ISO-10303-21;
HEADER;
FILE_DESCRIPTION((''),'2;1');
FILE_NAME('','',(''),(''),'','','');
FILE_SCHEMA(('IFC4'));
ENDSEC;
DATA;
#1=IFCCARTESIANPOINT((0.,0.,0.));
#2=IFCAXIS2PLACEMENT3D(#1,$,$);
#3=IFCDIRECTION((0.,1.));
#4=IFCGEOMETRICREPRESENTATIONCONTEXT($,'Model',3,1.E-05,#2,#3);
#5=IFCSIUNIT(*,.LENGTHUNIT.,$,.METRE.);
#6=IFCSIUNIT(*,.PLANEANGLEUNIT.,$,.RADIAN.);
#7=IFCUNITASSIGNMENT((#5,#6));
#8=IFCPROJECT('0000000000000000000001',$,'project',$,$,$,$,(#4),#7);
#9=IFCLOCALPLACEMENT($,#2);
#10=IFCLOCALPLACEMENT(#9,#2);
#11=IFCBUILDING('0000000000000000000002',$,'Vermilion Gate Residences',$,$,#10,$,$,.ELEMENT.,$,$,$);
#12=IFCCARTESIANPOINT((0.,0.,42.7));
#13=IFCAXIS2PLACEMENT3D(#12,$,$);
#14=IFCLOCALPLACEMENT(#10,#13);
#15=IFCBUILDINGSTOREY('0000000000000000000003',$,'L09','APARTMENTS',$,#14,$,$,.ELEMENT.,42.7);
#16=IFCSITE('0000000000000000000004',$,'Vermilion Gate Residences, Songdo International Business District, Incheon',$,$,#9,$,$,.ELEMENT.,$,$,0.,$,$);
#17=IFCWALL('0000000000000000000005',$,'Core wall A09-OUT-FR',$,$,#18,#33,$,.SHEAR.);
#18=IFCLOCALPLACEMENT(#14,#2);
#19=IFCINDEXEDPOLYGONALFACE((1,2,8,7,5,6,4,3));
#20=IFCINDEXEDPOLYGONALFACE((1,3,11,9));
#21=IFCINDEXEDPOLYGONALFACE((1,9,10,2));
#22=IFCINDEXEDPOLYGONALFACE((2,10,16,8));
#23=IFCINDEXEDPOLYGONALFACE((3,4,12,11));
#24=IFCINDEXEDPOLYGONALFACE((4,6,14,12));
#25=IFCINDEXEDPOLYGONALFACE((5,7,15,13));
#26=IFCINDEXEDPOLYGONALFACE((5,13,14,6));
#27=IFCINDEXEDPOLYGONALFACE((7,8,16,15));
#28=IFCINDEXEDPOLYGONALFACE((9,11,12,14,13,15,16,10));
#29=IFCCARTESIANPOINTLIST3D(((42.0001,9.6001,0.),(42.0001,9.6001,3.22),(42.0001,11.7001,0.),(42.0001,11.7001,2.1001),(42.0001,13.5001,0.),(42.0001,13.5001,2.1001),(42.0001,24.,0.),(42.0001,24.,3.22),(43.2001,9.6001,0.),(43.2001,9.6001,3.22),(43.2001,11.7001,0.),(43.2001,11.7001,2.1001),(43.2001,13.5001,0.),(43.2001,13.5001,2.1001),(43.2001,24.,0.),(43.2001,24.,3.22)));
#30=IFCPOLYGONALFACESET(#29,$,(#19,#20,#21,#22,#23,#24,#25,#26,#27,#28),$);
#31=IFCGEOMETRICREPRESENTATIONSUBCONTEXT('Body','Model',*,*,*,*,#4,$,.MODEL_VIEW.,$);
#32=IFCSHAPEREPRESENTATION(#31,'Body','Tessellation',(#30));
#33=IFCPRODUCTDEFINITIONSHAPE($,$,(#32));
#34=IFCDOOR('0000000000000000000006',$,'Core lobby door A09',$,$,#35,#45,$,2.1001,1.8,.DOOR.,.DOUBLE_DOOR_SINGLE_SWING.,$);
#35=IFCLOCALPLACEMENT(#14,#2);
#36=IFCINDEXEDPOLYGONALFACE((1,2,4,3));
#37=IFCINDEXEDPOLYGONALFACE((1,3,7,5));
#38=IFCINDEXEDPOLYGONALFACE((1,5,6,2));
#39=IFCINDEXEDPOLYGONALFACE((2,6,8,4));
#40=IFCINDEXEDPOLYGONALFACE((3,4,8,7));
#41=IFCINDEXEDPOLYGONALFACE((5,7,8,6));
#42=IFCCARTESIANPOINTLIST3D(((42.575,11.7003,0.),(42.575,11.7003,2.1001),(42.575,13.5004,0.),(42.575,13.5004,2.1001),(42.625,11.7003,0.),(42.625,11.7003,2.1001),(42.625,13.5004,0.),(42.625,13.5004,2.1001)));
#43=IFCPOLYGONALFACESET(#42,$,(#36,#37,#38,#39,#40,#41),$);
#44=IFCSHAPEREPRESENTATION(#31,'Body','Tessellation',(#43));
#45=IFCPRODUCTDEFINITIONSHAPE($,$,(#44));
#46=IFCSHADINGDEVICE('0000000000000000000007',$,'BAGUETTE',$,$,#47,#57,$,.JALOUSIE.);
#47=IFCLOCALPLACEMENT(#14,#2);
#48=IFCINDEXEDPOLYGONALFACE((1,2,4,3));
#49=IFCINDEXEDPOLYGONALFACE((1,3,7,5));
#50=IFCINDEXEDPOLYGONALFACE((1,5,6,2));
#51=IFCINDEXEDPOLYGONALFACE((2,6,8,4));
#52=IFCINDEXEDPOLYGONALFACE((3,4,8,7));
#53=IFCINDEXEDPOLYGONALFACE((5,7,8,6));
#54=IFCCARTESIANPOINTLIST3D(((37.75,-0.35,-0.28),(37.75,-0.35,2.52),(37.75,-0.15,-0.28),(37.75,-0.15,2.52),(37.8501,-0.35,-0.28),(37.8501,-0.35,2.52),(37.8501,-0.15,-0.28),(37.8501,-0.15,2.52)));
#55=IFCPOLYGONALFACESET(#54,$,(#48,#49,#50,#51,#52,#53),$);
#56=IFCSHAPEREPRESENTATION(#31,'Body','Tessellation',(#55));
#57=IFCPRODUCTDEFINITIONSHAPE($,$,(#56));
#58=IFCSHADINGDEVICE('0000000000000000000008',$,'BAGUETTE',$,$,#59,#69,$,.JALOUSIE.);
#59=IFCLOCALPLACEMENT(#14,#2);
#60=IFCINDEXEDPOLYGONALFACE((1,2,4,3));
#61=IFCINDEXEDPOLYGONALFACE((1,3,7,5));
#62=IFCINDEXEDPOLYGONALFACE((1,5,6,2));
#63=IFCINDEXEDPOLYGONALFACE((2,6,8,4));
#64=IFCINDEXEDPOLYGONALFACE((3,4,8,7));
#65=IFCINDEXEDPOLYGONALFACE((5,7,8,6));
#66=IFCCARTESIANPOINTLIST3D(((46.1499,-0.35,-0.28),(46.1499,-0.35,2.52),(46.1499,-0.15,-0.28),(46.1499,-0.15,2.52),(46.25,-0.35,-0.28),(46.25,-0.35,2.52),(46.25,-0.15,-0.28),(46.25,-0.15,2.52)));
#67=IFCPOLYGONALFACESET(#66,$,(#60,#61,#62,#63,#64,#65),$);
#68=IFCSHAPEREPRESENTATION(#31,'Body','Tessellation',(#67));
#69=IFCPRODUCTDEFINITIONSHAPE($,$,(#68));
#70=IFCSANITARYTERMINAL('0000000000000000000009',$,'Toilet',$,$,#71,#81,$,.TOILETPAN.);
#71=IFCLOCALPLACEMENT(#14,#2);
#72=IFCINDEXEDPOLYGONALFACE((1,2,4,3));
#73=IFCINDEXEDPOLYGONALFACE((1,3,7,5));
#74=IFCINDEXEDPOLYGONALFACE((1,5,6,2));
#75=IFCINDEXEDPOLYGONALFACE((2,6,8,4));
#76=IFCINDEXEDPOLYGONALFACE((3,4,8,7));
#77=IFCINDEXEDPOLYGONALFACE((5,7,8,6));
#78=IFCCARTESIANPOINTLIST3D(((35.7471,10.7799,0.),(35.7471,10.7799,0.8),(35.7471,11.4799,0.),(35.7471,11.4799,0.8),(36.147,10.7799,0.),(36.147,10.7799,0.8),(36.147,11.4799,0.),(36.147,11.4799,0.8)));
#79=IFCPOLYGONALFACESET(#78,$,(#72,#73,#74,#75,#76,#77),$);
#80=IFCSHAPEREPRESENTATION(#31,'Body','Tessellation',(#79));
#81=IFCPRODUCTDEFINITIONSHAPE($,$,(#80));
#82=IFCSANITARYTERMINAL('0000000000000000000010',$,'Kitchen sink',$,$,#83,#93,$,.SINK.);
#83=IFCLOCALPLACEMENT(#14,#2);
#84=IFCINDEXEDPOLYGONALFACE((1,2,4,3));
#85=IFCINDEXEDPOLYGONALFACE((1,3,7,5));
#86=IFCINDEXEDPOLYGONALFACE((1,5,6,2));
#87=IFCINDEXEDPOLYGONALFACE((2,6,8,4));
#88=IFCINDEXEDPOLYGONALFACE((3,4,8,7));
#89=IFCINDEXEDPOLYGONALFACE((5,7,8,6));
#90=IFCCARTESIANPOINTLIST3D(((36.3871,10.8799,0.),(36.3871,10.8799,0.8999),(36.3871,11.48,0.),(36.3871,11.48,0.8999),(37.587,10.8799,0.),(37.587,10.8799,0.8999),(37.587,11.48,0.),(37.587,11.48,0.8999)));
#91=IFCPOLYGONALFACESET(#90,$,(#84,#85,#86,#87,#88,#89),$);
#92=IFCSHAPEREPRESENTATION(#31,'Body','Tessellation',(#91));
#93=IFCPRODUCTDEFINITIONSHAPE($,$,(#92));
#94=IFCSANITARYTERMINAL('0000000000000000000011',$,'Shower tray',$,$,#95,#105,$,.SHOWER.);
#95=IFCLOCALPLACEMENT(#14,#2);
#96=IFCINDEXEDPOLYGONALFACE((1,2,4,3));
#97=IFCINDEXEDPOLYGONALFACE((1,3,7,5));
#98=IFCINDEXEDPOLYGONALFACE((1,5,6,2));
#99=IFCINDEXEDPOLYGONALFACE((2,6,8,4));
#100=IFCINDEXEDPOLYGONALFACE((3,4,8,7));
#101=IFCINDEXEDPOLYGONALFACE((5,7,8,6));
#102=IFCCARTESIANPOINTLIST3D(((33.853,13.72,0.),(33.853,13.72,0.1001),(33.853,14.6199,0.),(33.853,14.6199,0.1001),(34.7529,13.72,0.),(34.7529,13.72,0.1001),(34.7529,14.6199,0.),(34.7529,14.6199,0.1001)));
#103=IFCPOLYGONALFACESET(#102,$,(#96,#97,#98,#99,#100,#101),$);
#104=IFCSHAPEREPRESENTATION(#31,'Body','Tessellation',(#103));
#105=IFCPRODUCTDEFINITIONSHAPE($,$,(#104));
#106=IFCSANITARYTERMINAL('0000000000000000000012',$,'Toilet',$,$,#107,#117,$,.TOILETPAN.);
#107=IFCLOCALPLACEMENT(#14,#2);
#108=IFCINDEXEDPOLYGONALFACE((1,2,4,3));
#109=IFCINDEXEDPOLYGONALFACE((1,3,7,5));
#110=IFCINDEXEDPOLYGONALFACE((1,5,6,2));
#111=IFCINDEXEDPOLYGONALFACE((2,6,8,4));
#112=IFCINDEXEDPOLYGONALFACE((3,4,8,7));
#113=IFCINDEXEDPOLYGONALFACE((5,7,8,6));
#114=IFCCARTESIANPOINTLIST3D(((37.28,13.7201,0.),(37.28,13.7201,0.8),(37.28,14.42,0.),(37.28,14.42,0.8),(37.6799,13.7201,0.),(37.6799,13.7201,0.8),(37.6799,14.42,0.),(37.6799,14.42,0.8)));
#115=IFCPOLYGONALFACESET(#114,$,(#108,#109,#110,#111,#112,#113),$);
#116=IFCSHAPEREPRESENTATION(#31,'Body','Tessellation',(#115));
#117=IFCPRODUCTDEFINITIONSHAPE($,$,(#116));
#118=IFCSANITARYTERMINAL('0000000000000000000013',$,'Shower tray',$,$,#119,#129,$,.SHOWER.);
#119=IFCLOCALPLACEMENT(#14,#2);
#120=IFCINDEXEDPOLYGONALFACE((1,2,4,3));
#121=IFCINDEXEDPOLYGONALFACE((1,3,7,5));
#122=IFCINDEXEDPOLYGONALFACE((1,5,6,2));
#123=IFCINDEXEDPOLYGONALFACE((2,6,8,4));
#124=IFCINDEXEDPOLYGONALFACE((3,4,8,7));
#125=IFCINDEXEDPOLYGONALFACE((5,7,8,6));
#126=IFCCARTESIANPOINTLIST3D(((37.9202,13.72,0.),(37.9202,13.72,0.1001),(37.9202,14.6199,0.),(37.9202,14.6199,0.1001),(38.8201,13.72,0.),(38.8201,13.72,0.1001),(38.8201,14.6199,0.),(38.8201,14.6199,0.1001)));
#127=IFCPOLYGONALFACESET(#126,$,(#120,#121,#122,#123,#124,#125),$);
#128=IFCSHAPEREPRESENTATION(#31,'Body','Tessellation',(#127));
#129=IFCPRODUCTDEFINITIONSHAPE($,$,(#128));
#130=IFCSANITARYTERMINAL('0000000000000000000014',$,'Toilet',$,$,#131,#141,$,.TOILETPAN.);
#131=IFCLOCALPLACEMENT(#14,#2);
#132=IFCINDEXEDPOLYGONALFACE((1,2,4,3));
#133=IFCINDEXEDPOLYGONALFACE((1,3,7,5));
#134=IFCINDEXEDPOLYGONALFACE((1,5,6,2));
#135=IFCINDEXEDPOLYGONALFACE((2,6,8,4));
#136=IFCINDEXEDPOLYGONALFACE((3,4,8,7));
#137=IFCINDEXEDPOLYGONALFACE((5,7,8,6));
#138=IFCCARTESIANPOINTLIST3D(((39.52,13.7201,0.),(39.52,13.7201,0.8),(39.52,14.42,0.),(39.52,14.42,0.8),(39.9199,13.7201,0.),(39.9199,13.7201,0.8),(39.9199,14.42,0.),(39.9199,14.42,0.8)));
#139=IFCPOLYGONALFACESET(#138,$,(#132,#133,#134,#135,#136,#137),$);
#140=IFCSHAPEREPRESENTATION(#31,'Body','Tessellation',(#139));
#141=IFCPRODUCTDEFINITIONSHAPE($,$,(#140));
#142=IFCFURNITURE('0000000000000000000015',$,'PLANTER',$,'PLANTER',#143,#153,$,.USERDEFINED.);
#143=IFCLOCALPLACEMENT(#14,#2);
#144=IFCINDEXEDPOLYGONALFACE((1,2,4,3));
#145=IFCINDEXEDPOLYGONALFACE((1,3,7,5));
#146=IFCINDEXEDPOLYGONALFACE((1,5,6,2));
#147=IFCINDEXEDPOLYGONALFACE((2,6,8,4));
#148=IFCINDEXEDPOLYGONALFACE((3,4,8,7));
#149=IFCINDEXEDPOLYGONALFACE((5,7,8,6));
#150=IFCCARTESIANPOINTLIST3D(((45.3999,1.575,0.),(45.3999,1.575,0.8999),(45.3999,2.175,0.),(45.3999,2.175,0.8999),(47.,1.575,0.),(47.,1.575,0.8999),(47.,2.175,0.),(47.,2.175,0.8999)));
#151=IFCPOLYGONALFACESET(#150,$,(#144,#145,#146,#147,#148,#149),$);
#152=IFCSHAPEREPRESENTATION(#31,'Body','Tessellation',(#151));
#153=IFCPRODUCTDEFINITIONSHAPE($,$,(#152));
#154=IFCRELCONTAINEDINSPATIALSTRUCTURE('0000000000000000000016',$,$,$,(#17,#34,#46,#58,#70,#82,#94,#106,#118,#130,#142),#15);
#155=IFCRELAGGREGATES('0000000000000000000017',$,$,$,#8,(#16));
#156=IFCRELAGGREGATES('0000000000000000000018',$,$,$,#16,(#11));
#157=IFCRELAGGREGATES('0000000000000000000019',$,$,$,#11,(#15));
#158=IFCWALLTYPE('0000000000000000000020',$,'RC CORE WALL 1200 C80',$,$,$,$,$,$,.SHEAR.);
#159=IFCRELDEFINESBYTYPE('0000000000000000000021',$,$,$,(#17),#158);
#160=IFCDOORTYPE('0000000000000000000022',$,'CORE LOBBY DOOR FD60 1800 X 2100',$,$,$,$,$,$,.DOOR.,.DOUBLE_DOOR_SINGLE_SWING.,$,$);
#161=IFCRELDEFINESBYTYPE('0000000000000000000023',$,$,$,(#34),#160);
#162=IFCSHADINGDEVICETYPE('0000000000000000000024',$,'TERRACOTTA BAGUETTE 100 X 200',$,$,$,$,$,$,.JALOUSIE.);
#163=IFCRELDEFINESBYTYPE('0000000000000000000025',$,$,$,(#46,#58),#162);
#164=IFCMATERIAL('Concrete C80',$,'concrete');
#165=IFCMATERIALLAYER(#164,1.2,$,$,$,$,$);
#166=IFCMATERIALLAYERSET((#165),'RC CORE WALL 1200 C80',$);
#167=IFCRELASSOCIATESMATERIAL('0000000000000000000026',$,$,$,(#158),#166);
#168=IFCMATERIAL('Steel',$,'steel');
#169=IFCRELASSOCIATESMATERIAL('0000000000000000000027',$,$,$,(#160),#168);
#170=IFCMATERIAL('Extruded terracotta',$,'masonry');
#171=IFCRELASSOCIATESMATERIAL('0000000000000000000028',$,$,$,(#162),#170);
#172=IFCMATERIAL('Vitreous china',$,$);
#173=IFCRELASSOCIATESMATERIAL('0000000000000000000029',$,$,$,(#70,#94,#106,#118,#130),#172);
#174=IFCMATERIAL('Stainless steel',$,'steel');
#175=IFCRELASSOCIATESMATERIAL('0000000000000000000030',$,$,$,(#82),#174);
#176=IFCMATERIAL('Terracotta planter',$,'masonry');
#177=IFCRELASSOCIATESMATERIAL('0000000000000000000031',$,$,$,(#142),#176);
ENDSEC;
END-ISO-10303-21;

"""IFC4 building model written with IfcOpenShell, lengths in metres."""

from ifc_helpers import new_model, si_unit, direction, frame, frame_2d, origin, origin_2d, place, context, subcontext, project, spatial, rectangle, extrude, material, layer, layer_set, material_profile, profile_set, type_object, element, fill, save


model = new_model("IFC4")

# Units and contexts
model_context = context("Model", 3, precision=1e-05, world=origin(), true_north=direction((0.0, 1.0)))
body_context = subcontext(model_context, "Body", "Model", "MODEL_VIEW")
ifc_project = project(units=[si_unit("LENGTHUNIT", "METRE"), si_unit("PLANEANGLEUNIT", "RADIAN")], contexts=[model_context])

# Site, building, storey
site_placement = place(None, origin())
site = spatial("IfcSite", under=ifc_project, at=site_placement, Name="Vermilion Gate Residences, Songdo International Business District, Incheon", CompositionType="ELEMENT", RefElevation=0.0)
building_placement = place(site_placement, origin())
building = spatial("IfcBuilding", under=site, at=building_placement, Name="Vermilion Gate Residences", CompositionType="ELEMENT")
storey_placement = place(building_placement, frame((0.0, 0.0, 42.7)))
storey = spatial("IfcBuildingStorey", under=building, at=storey_placement, Name="L09", Description="APARTMENTS", CompositionType="ELEMENT", Elevation=42.7)

# Shared definitions
ifc_material_1 = material(Name="Concrete C80", Category="concrete")
ifc_layer_1 = layer(ifc_material_1, 1.2)
ifc_layer_set_1 = layer_set([ifc_layer_1], Name="RC CORE WALL 1200 C80")
wall_type_1 = type_object("IfcWallType", Name="RC CORE WALL 1200 C80", PredefinedType="SHEAR", material=ifc_layer_set_1)

# Wall, opening, door
wall_1_placement = place(storey_placement, frame((42.6001, 9.6001, 0.0), z_axis=(0.0, 0.0, 1.0), x_axis=(0.0, 1.0, 0.0)))
wall_1 = element("IfcWall", 1, at=wall_1_placement, inside=storey, type_object=wall_type_1, Name="Core wall A09-OUT-FR", PredefinedType="SHEAR", context=body_context, shape_type="SweptSolid", body=[
    extrude(rectangle(XDim=14.3999, YDim=1.2, at=frame_2d((7.2, 0.0))), origin(), (0.0, 0.0, 1.0), 3.22),
])
opening_1_placement = place(wall_1_placement, frame((2.1001, 0.0, 0.0)))
opening_1 = element("IfcOpeningElement", 2, at=opening_1_placement, cuts=wall_1, PredefinedType="OPENING", context=body_context, shape_type="SweptSolid", body=[
    extrude(rectangle(XDim=1.8, YDim=2.1001, at=frame_2d((0.8999, 1.05))), frame((0.0, 0.6099, 0.0), z_axis=(0.0, -1.0, 0.0), x_axis=(1.0, 0.0, 0.0)), (0.0, 0.0, 1.0), 1.22),
])
ifc_material_2 = material(Name="Steel", Category="steel")
door_type_1 = type_object("IfcDoorType", Name="CORE LOBBY DOOR FD60 1800 X 2100", OperationType="DOUBLE_DOOR_SINGLE_SWING", PredefinedType="DOOR", material=ifc_material_2)
door_1_placement = place(opening_1_placement, frame((1.8, 0.0, 0.0), z_axis=(0.0, 0.0, 1.0), x_axis=(-1.0, 0.0, 0.0)))
door_1 = element("IfcDoor", 3, at=door_1_placement, inside=storey, type_object=door_type_1, Name="Core lobby door A09", OperationType="DOUBLE_DOOR_SINGLE_SWING", OverallHeight=2.1001, OverallWidth=1.8, PredefinedType="DOOR", context=body_context, shape_type="SweptSolid", body=[
    extrude(rectangle(XDim=1.8, YDim=2.1001, at=frame_2d((0.8999, 1.05))), frame((0.0, 0.0249, 0.0), z_axis=(0.0, -1.0, 0.0), x_axis=(1.0, 0.0, 0.0)), (0.0, 0.0, 1.0), 0.05),
])
fill(opening_1, door_1)

# Shading devices
ifc_material_3 = material(Name="Extruded terracotta", Category="masonry")
ifc_material_profile_1 = material_profile(ifc_material_3, rectangle(XDim=0.2, YDim=0.1001, at=origin_2d()), Name="BAGUETTE 100 X 200")
ifc_profile_set_1 = profile_set([ifc_material_profile_1], Name="Extruded terracotta")
shading_device_type = type_object("IfcShadingDeviceType", Name="TERRACOTTA BAGUETTE 100 X 200", PredefinedType="JALOUSIE", material=ifc_profile_set_1)
for number, where, z_axis, x_axis, name in (
    (4, (37.8, -0.25, -0.28), (0.0, 0.0, 1.0), (0.0, 1.0, 0.0), "BAGUETTE"),
    (5, (46.2, -0.25, -0.28), (0.0, 0.0, 1.0), (0.0, 1.0, 0.0), "BAGUETTE"),
):
    element("IfcShadingDevice", number, at=place(storey_placement, frame(where, z_axis=z_axis, x_axis=x_axis)), inside=storey, type_object=shading_device_type, Name=name, PredefinedType="JALOUSIE", context=body_context, shape_type="SweptSolid", body=[
        extrude(rectangle(XDim=0.2, YDim=0.1001, at=origin_2d()), origin(), (0.0, 0.0, 1.0), 2.8),
    ])

# Sanitary terminals
ifc_material_4 = material(Name="Vitreous china")
sanitary_terminal_1_placement = place(storey_placement, frame((35.947, 11.1299, 0.0), z_axis=(0.0, 0.0, 1.0), x_axis=(1.0, 0.0, 0.0)))
element("IfcSanitaryTerminal", 6, at=sanitary_terminal_1_placement, inside=storey, material=ifc_material_4, Name="Toilet", PredefinedType="TOILETPAN", context=body_context, shape_type="SweptSolid", body=[
    extrude(rectangle(XDim=0.3999, YDim=0.7, at=origin_2d()), origin(), (0.0, 0.0, 1.0), 0.8),
])
ifc_material_5 = material(Name="Stainless steel", Category="steel")
sanitary_terminal_2_placement = place(storey_placement, frame((36.9871, 11.1799, 0.0), z_axis=(0.0, 0.0, 1.0), x_axis=(1.0, 0.0, 0.0)))
element("IfcSanitaryTerminal", 7, at=sanitary_terminal_2_placement, inside=storey, material=ifc_material_5, Name="Kitchen sink", PredefinedType="SINK", context=body_context, shape_type="SweptSolid", body=[
    extrude(rectangle(XDim=1.2, YDim=0.6001, at=origin_2d()), origin(), (0.0, 0.0, 1.0), 0.8999),
])
sanitary_terminal_3_placement = place(storey_placement, frame((34.303, 14.1699, 0.0), z_axis=(0.0, 0.0, 1.0), x_axis=(1.0, 0.0, 0.0)))
element("IfcSanitaryTerminal", 8, at=sanitary_terminal_3_placement, inside=storey, material=ifc_material_4, Name="Shower tray", PredefinedType="SHOWER", context=body_context, shape_type="SweptSolid", body=[
    extrude(rectangle(XDim=0.8999, YDim=0.8999, at=origin_2d()), origin(), (0.0, 0.0, 1.0), 0.1001),
])
sanitary_terminal_4_placement = place(storey_placement, frame((37.48, 14.0701, 0.0), z_axis=(0.0, 0.0, 1.0), x_axis=(1.0, 0.0, 0.0)))
element("IfcSanitaryTerminal", 9, at=sanitary_terminal_4_placement, inside=storey, material=ifc_material_4, Name="Toilet", PredefinedType="TOILETPAN", context=body_context, shape_type="SweptSolid", body=[
    extrude(rectangle(XDim=0.3999, YDim=0.7, at=origin_2d()), origin(), (0.0, 0.0, 1.0), 0.8),
])
sanitary_terminal_5_placement = place(storey_placement, frame((38.3701, 14.1699, 0.0), z_axis=(0.0, 0.0, 1.0), x_axis=(1.0, 0.0, 0.0)))
element("IfcSanitaryTerminal", 10, at=sanitary_terminal_5_placement, inside=storey, material=ifc_material_4, Name="Shower tray", PredefinedType="SHOWER", context=body_context, shape_type="SweptSolid", body=[
    extrude(rectangle(XDim=0.8999, YDim=0.8999, at=origin_2d()), origin(), (0.0, 0.0, 1.0), 0.1001),
])
sanitary_terminal_6_placement = place(storey_placement, frame((39.72, 14.0701, 0.0), z_axis=(0.0, 0.0, 1.0), x_axis=(1.0, 0.0, 0.0)))
element("IfcSanitaryTerminal", 11, at=sanitary_terminal_6_placement, inside=storey, material=ifc_material_4, Name="Toilet", PredefinedType="TOILETPAN", context=body_context, shape_type="SweptSolid", body=[
    extrude(rectangle(XDim=0.3999, YDim=0.7, at=origin_2d()), origin(), (0.0, 0.0, 1.0), 0.8),
])

# Furniture
ifc_material_6 = material(Name="Terracotta planter", Category="masonry")
furniture_placement = place(storey_placement, frame((46.2, 1.875, 0.0), z_axis=(0.0, 0.0, 1.0), x_axis=(1.0, 0.0, 0.0)))
element("IfcFurniture", 12, at=furniture_placement, inside=storey, material=ifc_material_6, Name="PLANTER", ObjectType="PLANTER", PredefinedType="USERDEFINED", context=body_context, shape_type="SweptSolid", body=[
    extrude(rectangle(XDim=1.6001, YDim=0.6001, at=origin_2d()), origin(), (0.0, 0.0, 1.0), 0.8999),
])

save(model, "model.ifc")
